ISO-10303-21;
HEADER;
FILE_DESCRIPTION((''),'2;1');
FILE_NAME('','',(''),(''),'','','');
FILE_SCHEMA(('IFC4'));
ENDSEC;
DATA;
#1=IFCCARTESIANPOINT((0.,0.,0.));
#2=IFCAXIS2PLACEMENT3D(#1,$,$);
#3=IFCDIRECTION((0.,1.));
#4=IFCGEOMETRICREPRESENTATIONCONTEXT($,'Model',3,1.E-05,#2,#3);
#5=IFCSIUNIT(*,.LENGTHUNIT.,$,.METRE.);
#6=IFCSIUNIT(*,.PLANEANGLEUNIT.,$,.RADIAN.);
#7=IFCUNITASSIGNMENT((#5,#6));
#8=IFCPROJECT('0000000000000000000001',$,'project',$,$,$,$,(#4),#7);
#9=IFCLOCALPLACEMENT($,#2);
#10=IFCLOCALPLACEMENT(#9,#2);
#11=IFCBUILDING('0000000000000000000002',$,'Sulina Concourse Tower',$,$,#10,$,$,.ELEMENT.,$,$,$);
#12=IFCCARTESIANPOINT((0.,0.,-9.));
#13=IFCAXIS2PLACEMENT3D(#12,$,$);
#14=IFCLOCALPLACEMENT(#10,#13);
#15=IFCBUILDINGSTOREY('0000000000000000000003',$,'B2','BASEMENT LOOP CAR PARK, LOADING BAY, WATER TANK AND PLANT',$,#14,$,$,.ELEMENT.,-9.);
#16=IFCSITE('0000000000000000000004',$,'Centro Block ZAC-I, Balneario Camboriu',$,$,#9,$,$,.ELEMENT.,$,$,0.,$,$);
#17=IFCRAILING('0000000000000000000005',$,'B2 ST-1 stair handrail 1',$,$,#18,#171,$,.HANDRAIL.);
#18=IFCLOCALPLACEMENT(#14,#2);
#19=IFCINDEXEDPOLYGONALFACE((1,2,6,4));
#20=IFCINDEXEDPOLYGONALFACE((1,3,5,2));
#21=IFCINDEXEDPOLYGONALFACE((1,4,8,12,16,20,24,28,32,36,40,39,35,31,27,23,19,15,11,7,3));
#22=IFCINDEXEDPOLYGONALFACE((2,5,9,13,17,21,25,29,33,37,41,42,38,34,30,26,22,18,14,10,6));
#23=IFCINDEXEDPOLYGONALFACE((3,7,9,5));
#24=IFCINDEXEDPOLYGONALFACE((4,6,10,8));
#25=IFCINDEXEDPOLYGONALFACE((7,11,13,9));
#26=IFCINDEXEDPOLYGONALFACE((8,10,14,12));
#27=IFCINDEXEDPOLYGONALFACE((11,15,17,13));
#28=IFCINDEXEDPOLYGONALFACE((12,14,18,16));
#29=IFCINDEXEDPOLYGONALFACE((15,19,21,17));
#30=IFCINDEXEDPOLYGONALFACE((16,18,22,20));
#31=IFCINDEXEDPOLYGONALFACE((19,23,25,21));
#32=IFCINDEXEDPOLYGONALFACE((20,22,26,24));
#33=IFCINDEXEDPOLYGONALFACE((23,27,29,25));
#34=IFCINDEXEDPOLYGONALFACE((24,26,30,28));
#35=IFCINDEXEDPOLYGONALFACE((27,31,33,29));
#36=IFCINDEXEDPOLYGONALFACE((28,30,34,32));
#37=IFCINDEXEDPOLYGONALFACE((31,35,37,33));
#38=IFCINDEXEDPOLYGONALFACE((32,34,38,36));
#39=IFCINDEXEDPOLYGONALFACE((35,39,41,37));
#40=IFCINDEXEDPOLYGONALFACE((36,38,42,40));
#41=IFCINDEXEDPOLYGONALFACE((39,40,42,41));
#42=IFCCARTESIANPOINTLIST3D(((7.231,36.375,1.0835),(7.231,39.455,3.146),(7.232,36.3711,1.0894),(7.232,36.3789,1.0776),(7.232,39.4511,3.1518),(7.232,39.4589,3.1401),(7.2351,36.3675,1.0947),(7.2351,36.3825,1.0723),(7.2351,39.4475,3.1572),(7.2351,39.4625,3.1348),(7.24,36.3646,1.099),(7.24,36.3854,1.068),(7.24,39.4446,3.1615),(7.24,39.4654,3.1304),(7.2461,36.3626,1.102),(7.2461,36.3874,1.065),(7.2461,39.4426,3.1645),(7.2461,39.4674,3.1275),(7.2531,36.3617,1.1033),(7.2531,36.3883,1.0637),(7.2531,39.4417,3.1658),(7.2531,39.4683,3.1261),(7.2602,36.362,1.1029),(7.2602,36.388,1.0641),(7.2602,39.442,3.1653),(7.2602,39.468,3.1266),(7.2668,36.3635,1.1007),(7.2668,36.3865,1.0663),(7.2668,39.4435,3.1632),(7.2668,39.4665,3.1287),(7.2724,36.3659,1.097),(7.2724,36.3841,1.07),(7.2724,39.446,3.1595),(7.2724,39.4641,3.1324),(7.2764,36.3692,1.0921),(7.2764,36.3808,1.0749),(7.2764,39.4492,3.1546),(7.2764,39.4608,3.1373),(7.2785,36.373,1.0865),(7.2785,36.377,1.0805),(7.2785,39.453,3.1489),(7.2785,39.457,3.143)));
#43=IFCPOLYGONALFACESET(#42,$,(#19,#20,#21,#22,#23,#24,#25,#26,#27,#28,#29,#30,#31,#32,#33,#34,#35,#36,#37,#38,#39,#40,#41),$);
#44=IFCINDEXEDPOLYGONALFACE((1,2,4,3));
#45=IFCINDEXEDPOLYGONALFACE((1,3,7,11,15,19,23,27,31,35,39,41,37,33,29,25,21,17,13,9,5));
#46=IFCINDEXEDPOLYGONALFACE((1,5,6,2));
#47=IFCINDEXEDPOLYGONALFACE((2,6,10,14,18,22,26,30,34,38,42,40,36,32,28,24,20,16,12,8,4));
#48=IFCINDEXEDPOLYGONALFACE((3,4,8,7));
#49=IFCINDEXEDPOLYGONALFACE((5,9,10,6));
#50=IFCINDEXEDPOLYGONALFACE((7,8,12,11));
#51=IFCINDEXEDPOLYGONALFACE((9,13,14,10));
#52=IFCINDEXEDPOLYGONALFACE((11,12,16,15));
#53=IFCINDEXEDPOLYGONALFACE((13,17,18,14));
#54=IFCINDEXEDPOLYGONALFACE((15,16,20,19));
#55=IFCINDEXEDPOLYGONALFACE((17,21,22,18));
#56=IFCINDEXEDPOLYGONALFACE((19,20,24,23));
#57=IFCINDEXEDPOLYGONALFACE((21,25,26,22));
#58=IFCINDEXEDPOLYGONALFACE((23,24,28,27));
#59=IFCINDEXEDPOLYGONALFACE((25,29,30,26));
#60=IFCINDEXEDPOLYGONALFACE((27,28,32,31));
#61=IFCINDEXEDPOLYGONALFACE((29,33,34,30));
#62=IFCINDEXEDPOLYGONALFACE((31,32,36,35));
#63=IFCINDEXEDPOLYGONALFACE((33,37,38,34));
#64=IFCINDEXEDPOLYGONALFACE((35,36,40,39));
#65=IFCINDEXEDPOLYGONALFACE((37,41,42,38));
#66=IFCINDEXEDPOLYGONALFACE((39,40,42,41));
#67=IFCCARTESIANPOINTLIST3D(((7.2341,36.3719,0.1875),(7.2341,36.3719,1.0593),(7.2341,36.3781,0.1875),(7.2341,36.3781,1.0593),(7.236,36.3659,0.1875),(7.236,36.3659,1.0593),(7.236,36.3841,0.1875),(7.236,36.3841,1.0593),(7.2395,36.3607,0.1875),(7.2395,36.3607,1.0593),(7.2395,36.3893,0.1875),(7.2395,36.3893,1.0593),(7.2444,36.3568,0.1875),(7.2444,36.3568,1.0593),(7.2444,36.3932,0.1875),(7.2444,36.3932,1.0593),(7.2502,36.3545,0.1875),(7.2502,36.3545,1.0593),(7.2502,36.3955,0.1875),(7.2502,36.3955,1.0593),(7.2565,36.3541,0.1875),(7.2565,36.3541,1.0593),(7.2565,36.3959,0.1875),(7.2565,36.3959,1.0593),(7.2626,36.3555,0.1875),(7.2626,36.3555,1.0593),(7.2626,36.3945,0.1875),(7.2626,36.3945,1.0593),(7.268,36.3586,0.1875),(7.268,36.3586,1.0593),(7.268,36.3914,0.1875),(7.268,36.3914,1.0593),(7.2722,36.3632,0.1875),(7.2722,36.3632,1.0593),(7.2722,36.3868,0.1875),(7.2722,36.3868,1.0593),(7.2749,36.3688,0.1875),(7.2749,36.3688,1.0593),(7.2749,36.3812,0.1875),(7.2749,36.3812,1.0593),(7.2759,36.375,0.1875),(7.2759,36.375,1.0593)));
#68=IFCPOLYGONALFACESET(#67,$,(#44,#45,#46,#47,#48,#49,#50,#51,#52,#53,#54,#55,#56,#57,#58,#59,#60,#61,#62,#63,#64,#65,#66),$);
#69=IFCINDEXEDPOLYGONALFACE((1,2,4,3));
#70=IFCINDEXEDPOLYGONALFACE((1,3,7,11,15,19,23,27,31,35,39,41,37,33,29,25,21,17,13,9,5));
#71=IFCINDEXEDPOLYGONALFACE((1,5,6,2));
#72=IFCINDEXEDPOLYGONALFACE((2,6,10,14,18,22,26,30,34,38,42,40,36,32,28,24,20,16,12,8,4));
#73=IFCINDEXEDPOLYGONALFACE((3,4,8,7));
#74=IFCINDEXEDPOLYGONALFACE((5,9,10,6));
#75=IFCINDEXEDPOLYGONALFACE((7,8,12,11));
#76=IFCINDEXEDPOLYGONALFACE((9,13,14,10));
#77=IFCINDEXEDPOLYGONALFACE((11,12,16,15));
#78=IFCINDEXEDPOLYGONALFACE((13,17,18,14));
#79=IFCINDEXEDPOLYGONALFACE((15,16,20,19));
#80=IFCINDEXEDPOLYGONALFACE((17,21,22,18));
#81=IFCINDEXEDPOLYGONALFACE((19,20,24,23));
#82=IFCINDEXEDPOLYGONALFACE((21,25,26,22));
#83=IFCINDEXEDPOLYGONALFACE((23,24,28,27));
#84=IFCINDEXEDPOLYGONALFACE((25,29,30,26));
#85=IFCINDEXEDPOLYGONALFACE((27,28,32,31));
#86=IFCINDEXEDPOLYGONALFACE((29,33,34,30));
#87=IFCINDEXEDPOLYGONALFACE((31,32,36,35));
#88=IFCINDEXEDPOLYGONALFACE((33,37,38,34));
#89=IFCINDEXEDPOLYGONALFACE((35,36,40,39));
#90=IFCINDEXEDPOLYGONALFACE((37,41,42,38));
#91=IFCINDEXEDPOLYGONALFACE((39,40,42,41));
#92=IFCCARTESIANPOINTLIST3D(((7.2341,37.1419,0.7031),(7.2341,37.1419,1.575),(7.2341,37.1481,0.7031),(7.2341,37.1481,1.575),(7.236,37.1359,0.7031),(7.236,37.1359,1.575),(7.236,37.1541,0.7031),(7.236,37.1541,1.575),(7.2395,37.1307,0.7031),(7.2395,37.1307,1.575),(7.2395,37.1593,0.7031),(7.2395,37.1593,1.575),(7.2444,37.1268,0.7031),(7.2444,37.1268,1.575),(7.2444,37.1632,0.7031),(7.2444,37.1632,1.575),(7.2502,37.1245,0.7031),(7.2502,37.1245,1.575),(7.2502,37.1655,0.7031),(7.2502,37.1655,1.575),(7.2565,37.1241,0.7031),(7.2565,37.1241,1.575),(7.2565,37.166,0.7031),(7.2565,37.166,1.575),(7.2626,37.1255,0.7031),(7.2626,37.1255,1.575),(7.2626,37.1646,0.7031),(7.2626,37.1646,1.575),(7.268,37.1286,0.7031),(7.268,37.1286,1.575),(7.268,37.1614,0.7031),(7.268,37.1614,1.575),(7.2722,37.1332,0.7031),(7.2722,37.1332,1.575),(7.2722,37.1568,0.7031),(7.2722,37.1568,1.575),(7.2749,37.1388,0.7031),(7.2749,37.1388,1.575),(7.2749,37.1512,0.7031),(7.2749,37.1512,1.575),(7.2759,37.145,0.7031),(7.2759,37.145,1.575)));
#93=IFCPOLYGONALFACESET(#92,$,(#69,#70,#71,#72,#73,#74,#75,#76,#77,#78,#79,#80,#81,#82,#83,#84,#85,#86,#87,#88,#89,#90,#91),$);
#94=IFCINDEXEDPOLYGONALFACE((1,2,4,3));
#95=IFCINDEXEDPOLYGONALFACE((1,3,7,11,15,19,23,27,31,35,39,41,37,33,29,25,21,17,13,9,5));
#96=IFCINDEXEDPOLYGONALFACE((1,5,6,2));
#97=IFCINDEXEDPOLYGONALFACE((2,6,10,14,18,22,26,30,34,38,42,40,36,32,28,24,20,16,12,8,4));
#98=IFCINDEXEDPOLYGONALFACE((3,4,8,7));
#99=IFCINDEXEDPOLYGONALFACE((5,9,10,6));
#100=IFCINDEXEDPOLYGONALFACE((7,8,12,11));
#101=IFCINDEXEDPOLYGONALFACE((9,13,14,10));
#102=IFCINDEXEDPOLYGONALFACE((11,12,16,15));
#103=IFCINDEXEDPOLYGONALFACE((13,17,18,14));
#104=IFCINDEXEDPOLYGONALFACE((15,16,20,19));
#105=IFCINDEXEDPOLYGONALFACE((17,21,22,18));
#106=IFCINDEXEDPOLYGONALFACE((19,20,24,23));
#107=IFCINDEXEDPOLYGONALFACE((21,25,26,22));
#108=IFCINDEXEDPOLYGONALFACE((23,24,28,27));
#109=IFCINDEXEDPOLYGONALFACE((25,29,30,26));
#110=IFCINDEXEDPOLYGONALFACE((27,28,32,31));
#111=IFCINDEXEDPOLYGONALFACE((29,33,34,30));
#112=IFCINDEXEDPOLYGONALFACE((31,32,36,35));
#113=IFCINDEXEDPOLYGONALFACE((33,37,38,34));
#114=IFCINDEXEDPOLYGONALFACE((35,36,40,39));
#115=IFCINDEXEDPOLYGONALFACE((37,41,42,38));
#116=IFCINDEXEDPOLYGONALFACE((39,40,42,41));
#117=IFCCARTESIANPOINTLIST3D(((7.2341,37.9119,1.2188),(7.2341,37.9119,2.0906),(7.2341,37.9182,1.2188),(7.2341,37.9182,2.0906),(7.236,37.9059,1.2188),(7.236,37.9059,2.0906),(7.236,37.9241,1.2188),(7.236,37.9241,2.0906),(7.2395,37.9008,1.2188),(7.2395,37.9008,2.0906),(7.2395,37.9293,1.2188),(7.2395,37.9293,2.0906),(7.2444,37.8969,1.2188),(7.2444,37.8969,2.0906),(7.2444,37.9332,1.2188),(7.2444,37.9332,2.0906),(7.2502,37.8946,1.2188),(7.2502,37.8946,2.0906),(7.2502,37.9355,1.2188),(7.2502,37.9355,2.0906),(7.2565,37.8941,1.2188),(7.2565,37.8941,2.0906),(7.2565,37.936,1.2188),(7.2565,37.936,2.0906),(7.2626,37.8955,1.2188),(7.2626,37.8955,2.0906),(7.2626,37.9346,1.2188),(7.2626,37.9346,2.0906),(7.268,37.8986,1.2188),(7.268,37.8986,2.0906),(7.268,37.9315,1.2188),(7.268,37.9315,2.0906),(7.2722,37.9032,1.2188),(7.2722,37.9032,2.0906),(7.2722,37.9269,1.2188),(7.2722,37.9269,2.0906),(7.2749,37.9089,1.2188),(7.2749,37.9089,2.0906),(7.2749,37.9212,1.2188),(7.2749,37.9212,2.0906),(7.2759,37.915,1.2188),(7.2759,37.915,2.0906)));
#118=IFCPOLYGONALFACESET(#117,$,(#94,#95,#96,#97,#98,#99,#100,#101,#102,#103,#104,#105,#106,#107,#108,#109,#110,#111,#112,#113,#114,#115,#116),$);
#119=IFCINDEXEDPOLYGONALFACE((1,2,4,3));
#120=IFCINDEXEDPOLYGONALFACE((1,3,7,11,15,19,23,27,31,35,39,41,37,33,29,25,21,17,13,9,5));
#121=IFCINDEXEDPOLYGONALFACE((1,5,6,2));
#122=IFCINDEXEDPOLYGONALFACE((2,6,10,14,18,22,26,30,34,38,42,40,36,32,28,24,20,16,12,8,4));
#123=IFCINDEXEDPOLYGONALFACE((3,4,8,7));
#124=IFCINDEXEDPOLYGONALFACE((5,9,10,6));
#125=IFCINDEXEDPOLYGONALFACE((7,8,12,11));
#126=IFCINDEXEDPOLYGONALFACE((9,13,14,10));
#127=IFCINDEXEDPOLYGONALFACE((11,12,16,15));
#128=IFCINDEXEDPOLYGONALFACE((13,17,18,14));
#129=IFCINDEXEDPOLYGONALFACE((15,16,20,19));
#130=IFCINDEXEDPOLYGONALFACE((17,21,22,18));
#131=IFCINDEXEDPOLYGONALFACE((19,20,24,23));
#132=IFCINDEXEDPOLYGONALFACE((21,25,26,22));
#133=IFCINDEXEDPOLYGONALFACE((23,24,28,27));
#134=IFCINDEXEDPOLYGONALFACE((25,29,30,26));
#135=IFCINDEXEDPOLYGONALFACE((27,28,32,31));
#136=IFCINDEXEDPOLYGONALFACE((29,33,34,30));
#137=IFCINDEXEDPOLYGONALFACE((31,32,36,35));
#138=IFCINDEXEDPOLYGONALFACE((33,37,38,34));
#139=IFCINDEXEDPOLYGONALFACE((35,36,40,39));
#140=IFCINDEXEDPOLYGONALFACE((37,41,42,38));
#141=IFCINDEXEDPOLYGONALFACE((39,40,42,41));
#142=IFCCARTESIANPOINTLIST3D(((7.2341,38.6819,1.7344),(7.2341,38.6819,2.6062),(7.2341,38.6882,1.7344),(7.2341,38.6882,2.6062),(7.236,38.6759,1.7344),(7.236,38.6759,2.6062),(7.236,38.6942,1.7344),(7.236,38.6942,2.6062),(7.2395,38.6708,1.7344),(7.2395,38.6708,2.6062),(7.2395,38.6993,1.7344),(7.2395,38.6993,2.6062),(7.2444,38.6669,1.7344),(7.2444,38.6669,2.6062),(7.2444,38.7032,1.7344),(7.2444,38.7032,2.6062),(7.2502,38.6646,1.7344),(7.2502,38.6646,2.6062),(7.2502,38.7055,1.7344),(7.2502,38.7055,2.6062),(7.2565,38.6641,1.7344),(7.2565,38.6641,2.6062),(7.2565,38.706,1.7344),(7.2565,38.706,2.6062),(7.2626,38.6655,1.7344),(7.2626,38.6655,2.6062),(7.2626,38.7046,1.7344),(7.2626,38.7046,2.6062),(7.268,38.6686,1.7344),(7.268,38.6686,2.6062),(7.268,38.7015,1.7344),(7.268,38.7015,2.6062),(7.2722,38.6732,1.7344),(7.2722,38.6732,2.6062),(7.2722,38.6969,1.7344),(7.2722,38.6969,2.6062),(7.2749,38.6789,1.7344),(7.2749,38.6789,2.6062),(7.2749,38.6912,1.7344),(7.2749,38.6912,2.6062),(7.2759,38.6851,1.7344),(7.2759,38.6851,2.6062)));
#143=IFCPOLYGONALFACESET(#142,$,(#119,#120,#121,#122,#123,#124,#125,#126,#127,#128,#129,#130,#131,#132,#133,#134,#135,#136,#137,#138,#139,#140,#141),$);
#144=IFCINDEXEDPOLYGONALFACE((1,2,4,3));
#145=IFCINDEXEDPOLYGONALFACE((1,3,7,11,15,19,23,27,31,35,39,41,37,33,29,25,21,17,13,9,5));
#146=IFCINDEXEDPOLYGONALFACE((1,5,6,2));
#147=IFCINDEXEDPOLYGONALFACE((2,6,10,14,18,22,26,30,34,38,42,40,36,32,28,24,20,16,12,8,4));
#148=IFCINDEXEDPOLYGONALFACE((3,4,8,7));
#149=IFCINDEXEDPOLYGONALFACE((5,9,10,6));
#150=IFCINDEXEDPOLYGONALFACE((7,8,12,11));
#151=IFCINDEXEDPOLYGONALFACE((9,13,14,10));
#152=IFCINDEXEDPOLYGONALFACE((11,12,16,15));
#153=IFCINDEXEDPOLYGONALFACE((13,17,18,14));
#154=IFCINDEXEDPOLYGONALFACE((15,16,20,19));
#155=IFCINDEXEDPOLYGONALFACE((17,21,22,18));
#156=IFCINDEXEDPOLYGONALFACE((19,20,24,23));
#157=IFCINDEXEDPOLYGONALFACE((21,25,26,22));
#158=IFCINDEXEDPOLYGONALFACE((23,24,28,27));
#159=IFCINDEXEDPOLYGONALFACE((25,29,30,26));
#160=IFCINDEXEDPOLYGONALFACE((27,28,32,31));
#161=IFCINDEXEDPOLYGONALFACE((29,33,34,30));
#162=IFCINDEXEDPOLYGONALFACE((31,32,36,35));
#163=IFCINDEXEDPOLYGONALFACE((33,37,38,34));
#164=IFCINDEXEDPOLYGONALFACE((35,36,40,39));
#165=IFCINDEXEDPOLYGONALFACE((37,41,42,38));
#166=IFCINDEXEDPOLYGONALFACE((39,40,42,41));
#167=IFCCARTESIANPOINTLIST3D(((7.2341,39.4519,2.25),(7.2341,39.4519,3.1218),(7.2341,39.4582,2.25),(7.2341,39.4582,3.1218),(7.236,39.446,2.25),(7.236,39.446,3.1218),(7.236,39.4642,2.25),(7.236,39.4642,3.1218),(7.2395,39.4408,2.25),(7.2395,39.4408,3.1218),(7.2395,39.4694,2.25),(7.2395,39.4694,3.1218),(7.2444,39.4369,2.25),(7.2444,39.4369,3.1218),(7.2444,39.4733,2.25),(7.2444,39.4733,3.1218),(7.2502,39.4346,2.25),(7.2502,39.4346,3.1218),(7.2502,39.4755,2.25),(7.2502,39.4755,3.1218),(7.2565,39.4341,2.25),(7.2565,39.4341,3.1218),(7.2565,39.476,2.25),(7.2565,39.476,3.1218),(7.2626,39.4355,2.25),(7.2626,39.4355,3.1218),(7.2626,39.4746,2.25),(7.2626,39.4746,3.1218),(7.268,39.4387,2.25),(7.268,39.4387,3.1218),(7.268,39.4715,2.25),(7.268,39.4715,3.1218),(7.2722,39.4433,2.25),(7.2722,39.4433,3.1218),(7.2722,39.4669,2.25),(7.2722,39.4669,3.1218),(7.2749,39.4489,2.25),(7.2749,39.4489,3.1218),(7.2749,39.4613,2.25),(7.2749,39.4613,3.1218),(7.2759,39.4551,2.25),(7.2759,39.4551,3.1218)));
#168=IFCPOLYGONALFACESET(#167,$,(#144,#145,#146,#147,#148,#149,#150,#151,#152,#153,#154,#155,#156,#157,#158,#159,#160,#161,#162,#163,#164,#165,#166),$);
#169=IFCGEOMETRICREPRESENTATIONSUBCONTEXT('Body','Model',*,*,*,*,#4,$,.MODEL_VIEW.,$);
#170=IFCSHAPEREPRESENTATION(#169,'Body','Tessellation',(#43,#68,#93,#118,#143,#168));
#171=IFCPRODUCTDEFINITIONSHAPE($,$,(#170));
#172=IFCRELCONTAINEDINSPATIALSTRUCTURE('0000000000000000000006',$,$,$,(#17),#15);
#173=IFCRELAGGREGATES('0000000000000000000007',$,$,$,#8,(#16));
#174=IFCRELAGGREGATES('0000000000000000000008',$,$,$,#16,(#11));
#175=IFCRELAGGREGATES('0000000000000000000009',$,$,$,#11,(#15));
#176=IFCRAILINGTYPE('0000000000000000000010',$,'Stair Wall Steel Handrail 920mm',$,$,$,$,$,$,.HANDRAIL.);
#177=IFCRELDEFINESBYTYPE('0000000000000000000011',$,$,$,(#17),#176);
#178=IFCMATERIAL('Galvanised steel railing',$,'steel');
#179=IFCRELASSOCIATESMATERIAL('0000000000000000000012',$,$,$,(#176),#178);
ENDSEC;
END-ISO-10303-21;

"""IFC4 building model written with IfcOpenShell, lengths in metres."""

from ifc_helpers import new_model, si_unit, direction, frame, origin, origin_2d, place, context, subcontext, project, spatial, circle, extrude, material, type_object, element, save


model = new_model("IFC4")

# Units and contexts
model_context = context("Model", 3, precision=1e-05, world=origin(), true_north=direction((0.0, 1.0)))
body_context = subcontext(model_context, "Body", "Model", "MODEL_VIEW")
ifc_project = project(units=[si_unit("LENGTHUNIT", "METRE"), si_unit("PLANEANGLEUNIT", "RADIAN")], contexts=[model_context])

# Site, building, storey
site_placement = place(None, origin())
site = spatial("IfcSite", under=ifc_project, at=site_placement, Name="Centro Block ZAC-I, Balneario Camboriu", CompositionType="ELEMENT", RefElevation=0.0)
building_placement = place(site_placement, origin())
building = spatial("IfcBuilding", under=site, at=building_placement, Name="Sulina Concourse Tower", CompositionType="ELEMENT")
storey_placement = place(building_placement, frame((0.0, 0.0, -9.0)))
storey = spatial("IfcBuildingStorey", under=building, at=storey_placement, Name="B2", Description="BASEMENT LOOP CAR PARK, LOADING BAY, WATER TANK AND PLANT", CompositionType="ELEMENT", Elevation=-9.0)

# Railing
ifc_material_1 = material(Name="Galvanised steel railing", Category="steel")
railing_type_1 = type_object("IfcRailingType", Name="Stair Wall Steel Handrail 920mm", PredefinedType="HANDRAIL", material=ifc_material_1)
railing_1_placement = place(storey_placement, frame((7.2549, 36.375, 0.1875)))
element("IfcRailing", 1, at=railing_1_placement, inside=storey, type_object=railing_type_1, Name="B2 ST-1 stair handrail 1", PredefinedType="HANDRAIL", context=body_context, shape_type="SweptSolid", body=[
    extrude(circle(Radius=0.0239, at=origin_2d()), frame((0.0, 0.0, 0.896), z_axis=(0.0, 0.830914, 0.556401), x_axis=(-1.0, 0.0, 0.0)), (0.0, 0.0, 1.0), 3.7068),
    extrude(circle(Radius=0.021, at=origin_2d()), origin(), (0.0, 0.0, 1.0), 0.8718),
    extrude(circle(Radius=0.021, at=origin_2d()), frame((0.0, 0.77, 0.5156)), (0.0, 0.0, 1.0), 0.8718),
    extrude(circle(Radius=0.021, at=origin_2d()), frame((0.0, 1.54, 1.0312)), (0.0, 0.0, 1.0), 0.8718),
    extrude(circle(Radius=0.021, at=origin_2d()), frame((0.0, 2.3101, 1.5469)), (0.0, 0.0, 1.0), 0.8718),
    extrude(circle(Radius=0.021, at=origin_2d()), frame((0.0, 3.0801, 2.0625)), (0.0, 0.0, 1.0), 0.8718),
])

save(model, "model.ifc")
